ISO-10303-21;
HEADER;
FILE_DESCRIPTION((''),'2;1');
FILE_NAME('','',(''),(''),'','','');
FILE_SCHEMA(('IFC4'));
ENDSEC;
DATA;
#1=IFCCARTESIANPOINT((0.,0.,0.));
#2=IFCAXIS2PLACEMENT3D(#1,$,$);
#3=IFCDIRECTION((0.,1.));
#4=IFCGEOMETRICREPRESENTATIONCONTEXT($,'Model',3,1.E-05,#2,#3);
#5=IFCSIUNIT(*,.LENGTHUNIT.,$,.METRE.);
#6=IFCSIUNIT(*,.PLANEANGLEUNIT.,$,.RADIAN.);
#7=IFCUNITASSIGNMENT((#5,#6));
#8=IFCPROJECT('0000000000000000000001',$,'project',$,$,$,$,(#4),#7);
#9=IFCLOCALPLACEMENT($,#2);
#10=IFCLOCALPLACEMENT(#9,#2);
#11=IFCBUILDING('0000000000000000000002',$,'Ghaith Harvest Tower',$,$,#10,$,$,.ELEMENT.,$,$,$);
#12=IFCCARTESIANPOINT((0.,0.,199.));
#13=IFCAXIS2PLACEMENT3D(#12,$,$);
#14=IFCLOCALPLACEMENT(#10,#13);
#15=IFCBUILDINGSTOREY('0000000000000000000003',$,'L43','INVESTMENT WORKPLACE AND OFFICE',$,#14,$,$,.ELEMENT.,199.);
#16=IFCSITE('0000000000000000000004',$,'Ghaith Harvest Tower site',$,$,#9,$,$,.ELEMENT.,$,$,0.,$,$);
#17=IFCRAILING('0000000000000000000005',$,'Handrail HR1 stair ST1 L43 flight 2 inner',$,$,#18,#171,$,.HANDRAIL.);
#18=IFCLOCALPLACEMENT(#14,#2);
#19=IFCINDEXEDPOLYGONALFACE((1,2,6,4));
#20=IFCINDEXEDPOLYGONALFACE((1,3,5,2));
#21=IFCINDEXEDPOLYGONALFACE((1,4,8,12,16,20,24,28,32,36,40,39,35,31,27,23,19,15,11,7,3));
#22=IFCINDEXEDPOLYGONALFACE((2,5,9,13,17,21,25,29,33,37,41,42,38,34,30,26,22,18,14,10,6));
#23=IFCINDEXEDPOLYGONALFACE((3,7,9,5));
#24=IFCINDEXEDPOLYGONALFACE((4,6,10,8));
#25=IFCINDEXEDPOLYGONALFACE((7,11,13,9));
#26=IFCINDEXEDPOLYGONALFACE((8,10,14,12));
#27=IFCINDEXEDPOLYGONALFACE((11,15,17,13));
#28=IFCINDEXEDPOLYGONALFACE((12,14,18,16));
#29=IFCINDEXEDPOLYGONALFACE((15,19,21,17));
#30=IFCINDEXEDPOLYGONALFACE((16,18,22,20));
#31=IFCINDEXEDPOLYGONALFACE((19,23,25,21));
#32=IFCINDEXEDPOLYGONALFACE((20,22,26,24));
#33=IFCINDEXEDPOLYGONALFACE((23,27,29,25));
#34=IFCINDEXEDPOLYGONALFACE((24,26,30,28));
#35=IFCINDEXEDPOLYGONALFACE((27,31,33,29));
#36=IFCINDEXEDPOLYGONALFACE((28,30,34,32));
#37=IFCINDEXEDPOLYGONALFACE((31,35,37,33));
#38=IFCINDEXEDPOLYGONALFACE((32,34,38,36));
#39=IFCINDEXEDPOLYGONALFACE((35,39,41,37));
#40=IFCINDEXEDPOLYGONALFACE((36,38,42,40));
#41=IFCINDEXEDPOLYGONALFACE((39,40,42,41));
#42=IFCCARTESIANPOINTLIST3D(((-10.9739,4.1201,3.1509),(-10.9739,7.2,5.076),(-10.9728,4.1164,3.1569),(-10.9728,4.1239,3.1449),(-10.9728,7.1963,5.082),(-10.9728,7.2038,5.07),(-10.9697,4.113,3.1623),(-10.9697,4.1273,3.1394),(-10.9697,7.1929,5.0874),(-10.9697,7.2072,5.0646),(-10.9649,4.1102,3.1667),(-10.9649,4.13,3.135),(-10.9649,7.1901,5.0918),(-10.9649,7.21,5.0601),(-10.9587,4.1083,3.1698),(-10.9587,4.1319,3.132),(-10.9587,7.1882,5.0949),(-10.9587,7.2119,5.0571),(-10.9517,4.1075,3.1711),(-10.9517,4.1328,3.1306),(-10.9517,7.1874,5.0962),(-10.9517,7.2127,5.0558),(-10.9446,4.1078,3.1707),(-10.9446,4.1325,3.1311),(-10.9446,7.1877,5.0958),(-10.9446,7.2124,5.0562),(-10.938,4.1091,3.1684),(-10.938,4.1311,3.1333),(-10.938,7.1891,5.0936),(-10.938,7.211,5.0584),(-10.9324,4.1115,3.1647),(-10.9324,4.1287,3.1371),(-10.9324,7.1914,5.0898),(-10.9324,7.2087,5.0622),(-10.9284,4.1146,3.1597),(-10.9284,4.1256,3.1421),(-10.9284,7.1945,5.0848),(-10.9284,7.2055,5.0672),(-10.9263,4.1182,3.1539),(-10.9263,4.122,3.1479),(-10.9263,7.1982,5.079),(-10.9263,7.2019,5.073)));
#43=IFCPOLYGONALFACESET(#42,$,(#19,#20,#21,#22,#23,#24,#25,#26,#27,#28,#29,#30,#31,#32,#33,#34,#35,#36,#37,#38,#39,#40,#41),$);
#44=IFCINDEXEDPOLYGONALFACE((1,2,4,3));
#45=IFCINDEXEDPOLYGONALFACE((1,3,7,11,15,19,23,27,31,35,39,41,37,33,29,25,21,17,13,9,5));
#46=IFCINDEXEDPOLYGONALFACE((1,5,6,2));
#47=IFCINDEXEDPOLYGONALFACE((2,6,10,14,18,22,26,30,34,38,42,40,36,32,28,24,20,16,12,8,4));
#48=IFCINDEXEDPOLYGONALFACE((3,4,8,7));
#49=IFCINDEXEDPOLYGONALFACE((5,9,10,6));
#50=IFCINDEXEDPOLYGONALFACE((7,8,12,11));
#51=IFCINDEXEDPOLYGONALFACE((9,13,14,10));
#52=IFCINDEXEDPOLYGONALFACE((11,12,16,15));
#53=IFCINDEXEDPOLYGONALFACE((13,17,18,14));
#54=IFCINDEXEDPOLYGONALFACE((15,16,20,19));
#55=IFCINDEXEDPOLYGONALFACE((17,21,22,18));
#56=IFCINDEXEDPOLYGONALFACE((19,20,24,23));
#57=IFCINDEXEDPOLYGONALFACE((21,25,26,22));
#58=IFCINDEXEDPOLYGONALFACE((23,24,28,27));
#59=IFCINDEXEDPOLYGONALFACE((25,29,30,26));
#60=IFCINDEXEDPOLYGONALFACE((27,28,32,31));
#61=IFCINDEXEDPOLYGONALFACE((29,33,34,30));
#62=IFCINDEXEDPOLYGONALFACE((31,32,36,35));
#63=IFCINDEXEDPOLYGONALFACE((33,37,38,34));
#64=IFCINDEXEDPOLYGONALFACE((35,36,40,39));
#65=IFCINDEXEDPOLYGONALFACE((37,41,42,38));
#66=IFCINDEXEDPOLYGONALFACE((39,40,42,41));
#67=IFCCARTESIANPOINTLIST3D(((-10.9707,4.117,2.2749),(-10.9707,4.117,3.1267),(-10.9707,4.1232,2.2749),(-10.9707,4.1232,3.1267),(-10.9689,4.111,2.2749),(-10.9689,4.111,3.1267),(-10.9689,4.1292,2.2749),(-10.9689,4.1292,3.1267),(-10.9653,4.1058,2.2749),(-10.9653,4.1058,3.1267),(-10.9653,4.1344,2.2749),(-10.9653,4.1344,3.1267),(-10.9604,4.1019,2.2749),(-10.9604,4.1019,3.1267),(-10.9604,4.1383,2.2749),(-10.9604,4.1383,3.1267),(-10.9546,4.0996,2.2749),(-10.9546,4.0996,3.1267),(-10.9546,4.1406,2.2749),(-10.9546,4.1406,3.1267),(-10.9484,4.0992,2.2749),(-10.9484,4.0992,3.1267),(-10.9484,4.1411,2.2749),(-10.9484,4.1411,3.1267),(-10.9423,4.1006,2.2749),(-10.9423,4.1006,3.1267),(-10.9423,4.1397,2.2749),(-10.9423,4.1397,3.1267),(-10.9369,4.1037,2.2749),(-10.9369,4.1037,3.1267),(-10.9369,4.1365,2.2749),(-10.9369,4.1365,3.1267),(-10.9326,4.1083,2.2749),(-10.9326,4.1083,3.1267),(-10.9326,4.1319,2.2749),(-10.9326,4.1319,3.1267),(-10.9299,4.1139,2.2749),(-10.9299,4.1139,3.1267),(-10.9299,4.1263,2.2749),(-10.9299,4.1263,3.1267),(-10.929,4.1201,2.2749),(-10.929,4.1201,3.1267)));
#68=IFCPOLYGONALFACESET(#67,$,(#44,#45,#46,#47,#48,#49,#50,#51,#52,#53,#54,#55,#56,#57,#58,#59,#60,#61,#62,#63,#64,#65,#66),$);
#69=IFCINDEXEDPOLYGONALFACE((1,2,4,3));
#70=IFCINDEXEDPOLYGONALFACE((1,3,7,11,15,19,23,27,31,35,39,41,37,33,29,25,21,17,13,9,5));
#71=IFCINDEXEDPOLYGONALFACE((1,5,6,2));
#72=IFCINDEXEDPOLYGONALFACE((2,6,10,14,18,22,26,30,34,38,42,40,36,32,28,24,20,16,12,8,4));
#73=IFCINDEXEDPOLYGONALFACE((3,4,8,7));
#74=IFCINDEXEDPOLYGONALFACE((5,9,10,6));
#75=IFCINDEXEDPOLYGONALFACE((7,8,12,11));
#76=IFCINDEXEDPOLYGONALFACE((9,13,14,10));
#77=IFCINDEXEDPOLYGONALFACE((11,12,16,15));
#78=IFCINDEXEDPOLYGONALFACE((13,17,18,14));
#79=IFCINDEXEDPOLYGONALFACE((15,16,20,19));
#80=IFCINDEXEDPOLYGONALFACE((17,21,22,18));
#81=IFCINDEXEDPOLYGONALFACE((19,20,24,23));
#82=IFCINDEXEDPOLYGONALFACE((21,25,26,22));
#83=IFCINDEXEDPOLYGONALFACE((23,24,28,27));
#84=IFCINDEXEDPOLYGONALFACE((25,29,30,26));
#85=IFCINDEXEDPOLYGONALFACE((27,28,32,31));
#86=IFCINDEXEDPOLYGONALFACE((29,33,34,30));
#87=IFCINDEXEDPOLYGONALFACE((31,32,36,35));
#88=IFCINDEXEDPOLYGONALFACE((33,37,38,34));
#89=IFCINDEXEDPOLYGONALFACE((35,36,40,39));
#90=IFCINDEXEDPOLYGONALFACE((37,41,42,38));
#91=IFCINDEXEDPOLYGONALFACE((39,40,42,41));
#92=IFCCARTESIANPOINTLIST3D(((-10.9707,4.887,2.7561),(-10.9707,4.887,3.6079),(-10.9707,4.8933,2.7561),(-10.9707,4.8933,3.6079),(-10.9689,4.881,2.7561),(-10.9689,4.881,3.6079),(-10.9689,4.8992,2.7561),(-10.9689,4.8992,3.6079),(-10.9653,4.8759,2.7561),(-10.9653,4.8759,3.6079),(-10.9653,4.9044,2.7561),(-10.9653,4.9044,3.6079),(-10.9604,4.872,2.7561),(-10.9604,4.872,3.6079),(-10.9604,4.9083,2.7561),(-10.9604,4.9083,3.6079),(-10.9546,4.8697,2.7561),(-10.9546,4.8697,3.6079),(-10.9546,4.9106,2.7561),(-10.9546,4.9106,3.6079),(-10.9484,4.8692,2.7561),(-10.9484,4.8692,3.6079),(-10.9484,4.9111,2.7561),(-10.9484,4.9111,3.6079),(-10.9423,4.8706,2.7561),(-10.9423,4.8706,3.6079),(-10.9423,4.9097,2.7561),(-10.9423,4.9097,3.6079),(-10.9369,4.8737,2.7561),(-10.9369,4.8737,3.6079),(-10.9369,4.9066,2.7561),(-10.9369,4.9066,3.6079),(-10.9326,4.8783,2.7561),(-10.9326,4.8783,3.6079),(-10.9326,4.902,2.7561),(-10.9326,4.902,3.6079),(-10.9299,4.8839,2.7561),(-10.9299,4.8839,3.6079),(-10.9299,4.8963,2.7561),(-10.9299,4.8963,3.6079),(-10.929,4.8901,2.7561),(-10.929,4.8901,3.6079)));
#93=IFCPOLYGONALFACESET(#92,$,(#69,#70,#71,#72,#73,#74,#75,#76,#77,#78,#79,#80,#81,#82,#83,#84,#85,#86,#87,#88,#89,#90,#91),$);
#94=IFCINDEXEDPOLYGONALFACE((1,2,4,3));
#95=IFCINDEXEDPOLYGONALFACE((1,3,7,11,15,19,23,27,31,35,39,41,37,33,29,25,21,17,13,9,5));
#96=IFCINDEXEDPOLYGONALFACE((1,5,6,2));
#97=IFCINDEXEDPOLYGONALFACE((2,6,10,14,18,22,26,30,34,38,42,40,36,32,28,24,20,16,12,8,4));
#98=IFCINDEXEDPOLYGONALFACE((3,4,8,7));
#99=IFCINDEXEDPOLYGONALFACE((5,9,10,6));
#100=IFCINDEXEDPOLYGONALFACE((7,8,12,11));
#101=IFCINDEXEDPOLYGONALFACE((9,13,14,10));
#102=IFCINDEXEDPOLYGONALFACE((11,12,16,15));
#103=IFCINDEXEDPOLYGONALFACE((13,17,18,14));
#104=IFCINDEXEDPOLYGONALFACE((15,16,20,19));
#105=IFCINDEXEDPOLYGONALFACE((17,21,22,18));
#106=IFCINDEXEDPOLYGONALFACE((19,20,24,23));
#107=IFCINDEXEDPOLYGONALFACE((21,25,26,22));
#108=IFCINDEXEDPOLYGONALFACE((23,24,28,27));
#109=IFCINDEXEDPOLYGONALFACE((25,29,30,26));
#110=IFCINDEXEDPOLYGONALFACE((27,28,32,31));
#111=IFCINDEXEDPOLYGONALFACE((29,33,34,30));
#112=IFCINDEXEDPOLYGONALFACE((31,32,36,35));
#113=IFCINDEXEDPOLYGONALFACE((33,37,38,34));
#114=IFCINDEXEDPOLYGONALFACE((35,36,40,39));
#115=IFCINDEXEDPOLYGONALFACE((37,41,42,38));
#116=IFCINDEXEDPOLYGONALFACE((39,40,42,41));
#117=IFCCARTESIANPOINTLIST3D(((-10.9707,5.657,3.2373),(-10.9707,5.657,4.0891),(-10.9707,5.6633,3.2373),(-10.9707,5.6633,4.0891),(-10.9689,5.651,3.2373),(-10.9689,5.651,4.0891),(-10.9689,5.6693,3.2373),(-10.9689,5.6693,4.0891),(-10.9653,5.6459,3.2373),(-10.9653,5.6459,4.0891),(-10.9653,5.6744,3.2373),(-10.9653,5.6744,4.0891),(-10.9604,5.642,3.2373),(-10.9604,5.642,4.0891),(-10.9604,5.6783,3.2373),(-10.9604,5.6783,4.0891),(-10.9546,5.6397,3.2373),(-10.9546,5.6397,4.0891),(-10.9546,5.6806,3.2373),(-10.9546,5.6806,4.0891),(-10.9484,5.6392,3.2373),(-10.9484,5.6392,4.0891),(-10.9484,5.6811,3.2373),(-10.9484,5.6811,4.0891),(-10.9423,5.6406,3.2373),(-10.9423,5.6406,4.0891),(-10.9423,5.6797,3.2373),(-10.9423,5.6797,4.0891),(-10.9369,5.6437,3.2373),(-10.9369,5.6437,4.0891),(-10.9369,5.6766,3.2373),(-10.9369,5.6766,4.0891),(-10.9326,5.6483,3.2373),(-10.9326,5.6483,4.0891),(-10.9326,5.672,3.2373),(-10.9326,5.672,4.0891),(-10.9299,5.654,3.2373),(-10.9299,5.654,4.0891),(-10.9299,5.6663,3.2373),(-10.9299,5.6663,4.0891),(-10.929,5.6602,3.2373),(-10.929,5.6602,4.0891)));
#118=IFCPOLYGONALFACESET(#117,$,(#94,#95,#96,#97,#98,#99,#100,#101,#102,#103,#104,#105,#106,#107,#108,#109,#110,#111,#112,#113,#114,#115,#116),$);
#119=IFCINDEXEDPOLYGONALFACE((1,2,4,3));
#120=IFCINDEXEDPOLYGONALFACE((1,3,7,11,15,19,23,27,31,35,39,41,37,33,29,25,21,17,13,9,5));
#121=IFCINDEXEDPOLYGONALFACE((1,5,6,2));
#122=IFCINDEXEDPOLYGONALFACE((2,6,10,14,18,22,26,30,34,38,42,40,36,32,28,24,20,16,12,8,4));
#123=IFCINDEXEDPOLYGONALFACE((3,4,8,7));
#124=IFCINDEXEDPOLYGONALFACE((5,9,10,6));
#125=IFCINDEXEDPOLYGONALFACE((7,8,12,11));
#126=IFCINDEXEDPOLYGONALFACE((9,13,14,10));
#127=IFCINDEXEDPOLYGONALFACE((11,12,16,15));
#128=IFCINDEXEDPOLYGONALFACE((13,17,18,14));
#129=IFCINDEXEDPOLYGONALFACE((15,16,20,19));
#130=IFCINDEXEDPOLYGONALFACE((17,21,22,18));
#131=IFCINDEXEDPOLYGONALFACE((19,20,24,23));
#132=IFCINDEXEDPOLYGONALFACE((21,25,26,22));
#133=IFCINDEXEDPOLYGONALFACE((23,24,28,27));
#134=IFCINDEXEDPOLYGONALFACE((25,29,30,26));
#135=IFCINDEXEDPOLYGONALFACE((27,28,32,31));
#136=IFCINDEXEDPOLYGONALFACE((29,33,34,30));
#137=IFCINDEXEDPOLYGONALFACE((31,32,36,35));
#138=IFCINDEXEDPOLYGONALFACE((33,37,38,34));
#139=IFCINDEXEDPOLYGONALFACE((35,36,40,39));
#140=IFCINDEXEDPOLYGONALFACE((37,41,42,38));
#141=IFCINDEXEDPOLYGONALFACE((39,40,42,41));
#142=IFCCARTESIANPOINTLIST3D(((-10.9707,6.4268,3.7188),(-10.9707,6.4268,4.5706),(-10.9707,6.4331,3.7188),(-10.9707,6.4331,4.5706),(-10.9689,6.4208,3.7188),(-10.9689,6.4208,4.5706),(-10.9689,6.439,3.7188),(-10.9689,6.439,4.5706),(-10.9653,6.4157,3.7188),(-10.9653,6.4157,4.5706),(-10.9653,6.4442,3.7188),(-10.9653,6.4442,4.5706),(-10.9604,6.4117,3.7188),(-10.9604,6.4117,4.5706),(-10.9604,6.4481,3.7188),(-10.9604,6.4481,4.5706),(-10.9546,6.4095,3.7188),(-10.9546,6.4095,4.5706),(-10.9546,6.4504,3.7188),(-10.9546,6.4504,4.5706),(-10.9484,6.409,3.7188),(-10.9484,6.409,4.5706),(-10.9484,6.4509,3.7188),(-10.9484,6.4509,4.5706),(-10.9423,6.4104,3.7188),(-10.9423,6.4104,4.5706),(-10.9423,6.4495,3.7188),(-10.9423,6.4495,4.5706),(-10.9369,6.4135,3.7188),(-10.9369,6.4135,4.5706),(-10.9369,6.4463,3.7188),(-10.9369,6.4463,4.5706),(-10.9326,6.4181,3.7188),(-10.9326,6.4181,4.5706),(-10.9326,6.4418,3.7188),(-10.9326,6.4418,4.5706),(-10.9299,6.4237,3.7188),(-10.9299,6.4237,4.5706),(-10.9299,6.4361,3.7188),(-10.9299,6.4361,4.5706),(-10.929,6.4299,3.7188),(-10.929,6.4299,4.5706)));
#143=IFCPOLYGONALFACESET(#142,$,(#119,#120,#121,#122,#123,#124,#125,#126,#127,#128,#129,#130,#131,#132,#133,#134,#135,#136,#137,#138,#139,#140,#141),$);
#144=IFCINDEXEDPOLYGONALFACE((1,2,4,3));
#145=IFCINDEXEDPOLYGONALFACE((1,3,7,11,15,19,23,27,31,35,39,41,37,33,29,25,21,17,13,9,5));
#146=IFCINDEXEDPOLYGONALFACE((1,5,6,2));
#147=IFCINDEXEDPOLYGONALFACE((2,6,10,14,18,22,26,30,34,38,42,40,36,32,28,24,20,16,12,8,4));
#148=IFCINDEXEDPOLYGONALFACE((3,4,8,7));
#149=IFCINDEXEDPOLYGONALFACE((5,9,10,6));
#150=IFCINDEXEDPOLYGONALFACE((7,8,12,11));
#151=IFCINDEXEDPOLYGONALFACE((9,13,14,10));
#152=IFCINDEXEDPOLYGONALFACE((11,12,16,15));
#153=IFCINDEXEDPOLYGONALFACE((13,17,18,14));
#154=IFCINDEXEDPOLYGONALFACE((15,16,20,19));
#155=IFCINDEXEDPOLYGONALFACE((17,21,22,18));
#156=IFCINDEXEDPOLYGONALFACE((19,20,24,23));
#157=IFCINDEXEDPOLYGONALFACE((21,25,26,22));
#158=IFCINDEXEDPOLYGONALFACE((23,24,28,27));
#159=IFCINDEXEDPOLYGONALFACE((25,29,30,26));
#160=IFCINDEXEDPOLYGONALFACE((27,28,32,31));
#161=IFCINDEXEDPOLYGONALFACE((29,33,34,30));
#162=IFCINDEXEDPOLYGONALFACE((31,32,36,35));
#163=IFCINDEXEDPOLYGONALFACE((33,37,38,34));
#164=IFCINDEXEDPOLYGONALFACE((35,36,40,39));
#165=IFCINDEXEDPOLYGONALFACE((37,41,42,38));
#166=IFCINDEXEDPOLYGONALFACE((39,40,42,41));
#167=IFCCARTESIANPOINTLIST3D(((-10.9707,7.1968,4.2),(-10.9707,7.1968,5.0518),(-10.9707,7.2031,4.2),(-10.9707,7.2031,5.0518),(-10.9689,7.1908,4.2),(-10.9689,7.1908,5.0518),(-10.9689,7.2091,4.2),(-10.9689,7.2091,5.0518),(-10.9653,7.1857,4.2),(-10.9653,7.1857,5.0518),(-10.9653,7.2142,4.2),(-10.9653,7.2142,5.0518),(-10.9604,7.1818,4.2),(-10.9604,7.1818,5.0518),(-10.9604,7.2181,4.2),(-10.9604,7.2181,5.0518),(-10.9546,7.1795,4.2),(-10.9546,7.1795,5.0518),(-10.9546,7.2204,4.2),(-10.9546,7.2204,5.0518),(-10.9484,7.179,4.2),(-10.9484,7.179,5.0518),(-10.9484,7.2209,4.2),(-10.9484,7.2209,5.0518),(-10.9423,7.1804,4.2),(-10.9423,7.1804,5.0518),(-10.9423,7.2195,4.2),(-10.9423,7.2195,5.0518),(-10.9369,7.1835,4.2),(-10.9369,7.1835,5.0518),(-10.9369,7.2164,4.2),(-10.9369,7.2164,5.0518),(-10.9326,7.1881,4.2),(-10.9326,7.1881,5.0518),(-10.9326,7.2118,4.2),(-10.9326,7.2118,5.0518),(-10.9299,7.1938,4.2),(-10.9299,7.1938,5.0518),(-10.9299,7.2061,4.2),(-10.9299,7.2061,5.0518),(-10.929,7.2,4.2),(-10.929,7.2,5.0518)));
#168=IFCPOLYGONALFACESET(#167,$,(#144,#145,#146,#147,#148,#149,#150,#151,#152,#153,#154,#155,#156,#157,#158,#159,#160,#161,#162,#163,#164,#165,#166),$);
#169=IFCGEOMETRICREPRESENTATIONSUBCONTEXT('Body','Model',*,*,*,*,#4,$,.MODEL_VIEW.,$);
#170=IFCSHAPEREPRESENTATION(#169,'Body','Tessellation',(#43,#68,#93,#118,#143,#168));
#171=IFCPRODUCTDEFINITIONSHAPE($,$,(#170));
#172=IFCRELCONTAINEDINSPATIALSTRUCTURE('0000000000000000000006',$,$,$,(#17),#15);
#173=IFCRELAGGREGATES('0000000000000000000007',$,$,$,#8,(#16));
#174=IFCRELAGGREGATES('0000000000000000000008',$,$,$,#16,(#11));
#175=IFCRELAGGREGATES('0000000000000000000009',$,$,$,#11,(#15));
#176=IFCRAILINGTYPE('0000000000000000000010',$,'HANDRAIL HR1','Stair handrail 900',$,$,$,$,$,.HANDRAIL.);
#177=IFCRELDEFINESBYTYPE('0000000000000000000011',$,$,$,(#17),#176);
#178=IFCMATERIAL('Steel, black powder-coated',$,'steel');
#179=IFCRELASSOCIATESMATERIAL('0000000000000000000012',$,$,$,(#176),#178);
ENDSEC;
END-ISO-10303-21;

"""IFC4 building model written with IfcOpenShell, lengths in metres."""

from ifc_helpers import new_model, si_unit, direction, frame, origin, origin_2d, place, context, subcontext, project, spatial, circle, extrude, material, type_object, element, save


model = new_model("IFC4")

# Units and contexts
model_context = context("Model", 3, precision=1e-05, world=origin(), true_north=direction((0.0, 1.0)))
body_context = subcontext(model_context, "Body", "Model", "MODEL_VIEW")
ifc_project = project(units=[si_unit("LENGTHUNIT", "METRE"), si_unit("PLANEANGLEUNIT", "RADIAN")], contexts=[model_context])

# Site, building, storey
site_placement = place(None, origin())
site = spatial("IfcSite", under=ifc_project, at=site_placement, Name="Ghaith Harvest Tower site", CompositionType="ELEMENT", RefElevation=0.0)
building_placement = place(site_placement, origin())
building = spatial("IfcBuilding", under=site, at=building_placement, Name="Ghaith Harvest Tower", CompositionType="ELEMENT")
storey_placement = place(building_placement, frame((0.0, 0.0, 199.0)))
storey = spatial("IfcBuildingStorey", under=building, at=storey_placement, Name="L43", Description="INVESTMENT WORKPLACE AND OFFICE", CompositionType="ELEMENT", Elevation=199.0)

# Railing
ifc_material_1 = material(Name="Steel, black powder-coated", Category="steel")
railing_type = type_object("IfcRailingType", Name="HANDRAIL HR1", Description="Stair handrail 900", PredefinedType="HANDRAIL", material=ifc_material_1)
railing_1_placement = place(storey_placement, frame((-10.95, 4.1201, 2.2749)))
element("IfcRailing", 1, at=railing_1_placement, inside=storey, type_object=railing_type, Name="Handrail HR1 stair ST1 L43 flight 2 inner", PredefinedType="HANDRAIL", context=body_context, shape_type="SweptSolid", body=[
    extrude(circle(Radius=0.0239, at=origin_2d()), frame((0.0, 0.0, 0.876), z_axis=(0.0, 0.847979, 0.530029), x_axis=(-1.0, 0.0, 0.0)), (0.0, 0.0, 1.0), 3.6321),
    extrude(circle(Radius=0.021, at=origin_2d()), origin(), (0.0, 0.0, 1.0), 0.8518),
    extrude(circle(Radius=0.021, at=origin_2d()), frame((0.0, 0.77, 0.4812)), (0.0, 0.0, 1.0), 0.8518),
    extrude(circle(Radius=0.021, at=origin_2d()), frame((0.0, 1.54, 0.9624)), (0.0, 0.0, 1.0), 0.8518),
    extrude(circle(Radius=0.021, at=origin_2d()), frame((0.0, 2.3098, 1.4438)), (0.0, 0.0, 1.0), 0.8518),
    extrude(circle(Radius=0.021, at=origin_2d()), frame((0.0, 3.0798, 1.925)), (0.0, 0.0, 1.0), 0.8518),
])

save(model, "model.ifc")
